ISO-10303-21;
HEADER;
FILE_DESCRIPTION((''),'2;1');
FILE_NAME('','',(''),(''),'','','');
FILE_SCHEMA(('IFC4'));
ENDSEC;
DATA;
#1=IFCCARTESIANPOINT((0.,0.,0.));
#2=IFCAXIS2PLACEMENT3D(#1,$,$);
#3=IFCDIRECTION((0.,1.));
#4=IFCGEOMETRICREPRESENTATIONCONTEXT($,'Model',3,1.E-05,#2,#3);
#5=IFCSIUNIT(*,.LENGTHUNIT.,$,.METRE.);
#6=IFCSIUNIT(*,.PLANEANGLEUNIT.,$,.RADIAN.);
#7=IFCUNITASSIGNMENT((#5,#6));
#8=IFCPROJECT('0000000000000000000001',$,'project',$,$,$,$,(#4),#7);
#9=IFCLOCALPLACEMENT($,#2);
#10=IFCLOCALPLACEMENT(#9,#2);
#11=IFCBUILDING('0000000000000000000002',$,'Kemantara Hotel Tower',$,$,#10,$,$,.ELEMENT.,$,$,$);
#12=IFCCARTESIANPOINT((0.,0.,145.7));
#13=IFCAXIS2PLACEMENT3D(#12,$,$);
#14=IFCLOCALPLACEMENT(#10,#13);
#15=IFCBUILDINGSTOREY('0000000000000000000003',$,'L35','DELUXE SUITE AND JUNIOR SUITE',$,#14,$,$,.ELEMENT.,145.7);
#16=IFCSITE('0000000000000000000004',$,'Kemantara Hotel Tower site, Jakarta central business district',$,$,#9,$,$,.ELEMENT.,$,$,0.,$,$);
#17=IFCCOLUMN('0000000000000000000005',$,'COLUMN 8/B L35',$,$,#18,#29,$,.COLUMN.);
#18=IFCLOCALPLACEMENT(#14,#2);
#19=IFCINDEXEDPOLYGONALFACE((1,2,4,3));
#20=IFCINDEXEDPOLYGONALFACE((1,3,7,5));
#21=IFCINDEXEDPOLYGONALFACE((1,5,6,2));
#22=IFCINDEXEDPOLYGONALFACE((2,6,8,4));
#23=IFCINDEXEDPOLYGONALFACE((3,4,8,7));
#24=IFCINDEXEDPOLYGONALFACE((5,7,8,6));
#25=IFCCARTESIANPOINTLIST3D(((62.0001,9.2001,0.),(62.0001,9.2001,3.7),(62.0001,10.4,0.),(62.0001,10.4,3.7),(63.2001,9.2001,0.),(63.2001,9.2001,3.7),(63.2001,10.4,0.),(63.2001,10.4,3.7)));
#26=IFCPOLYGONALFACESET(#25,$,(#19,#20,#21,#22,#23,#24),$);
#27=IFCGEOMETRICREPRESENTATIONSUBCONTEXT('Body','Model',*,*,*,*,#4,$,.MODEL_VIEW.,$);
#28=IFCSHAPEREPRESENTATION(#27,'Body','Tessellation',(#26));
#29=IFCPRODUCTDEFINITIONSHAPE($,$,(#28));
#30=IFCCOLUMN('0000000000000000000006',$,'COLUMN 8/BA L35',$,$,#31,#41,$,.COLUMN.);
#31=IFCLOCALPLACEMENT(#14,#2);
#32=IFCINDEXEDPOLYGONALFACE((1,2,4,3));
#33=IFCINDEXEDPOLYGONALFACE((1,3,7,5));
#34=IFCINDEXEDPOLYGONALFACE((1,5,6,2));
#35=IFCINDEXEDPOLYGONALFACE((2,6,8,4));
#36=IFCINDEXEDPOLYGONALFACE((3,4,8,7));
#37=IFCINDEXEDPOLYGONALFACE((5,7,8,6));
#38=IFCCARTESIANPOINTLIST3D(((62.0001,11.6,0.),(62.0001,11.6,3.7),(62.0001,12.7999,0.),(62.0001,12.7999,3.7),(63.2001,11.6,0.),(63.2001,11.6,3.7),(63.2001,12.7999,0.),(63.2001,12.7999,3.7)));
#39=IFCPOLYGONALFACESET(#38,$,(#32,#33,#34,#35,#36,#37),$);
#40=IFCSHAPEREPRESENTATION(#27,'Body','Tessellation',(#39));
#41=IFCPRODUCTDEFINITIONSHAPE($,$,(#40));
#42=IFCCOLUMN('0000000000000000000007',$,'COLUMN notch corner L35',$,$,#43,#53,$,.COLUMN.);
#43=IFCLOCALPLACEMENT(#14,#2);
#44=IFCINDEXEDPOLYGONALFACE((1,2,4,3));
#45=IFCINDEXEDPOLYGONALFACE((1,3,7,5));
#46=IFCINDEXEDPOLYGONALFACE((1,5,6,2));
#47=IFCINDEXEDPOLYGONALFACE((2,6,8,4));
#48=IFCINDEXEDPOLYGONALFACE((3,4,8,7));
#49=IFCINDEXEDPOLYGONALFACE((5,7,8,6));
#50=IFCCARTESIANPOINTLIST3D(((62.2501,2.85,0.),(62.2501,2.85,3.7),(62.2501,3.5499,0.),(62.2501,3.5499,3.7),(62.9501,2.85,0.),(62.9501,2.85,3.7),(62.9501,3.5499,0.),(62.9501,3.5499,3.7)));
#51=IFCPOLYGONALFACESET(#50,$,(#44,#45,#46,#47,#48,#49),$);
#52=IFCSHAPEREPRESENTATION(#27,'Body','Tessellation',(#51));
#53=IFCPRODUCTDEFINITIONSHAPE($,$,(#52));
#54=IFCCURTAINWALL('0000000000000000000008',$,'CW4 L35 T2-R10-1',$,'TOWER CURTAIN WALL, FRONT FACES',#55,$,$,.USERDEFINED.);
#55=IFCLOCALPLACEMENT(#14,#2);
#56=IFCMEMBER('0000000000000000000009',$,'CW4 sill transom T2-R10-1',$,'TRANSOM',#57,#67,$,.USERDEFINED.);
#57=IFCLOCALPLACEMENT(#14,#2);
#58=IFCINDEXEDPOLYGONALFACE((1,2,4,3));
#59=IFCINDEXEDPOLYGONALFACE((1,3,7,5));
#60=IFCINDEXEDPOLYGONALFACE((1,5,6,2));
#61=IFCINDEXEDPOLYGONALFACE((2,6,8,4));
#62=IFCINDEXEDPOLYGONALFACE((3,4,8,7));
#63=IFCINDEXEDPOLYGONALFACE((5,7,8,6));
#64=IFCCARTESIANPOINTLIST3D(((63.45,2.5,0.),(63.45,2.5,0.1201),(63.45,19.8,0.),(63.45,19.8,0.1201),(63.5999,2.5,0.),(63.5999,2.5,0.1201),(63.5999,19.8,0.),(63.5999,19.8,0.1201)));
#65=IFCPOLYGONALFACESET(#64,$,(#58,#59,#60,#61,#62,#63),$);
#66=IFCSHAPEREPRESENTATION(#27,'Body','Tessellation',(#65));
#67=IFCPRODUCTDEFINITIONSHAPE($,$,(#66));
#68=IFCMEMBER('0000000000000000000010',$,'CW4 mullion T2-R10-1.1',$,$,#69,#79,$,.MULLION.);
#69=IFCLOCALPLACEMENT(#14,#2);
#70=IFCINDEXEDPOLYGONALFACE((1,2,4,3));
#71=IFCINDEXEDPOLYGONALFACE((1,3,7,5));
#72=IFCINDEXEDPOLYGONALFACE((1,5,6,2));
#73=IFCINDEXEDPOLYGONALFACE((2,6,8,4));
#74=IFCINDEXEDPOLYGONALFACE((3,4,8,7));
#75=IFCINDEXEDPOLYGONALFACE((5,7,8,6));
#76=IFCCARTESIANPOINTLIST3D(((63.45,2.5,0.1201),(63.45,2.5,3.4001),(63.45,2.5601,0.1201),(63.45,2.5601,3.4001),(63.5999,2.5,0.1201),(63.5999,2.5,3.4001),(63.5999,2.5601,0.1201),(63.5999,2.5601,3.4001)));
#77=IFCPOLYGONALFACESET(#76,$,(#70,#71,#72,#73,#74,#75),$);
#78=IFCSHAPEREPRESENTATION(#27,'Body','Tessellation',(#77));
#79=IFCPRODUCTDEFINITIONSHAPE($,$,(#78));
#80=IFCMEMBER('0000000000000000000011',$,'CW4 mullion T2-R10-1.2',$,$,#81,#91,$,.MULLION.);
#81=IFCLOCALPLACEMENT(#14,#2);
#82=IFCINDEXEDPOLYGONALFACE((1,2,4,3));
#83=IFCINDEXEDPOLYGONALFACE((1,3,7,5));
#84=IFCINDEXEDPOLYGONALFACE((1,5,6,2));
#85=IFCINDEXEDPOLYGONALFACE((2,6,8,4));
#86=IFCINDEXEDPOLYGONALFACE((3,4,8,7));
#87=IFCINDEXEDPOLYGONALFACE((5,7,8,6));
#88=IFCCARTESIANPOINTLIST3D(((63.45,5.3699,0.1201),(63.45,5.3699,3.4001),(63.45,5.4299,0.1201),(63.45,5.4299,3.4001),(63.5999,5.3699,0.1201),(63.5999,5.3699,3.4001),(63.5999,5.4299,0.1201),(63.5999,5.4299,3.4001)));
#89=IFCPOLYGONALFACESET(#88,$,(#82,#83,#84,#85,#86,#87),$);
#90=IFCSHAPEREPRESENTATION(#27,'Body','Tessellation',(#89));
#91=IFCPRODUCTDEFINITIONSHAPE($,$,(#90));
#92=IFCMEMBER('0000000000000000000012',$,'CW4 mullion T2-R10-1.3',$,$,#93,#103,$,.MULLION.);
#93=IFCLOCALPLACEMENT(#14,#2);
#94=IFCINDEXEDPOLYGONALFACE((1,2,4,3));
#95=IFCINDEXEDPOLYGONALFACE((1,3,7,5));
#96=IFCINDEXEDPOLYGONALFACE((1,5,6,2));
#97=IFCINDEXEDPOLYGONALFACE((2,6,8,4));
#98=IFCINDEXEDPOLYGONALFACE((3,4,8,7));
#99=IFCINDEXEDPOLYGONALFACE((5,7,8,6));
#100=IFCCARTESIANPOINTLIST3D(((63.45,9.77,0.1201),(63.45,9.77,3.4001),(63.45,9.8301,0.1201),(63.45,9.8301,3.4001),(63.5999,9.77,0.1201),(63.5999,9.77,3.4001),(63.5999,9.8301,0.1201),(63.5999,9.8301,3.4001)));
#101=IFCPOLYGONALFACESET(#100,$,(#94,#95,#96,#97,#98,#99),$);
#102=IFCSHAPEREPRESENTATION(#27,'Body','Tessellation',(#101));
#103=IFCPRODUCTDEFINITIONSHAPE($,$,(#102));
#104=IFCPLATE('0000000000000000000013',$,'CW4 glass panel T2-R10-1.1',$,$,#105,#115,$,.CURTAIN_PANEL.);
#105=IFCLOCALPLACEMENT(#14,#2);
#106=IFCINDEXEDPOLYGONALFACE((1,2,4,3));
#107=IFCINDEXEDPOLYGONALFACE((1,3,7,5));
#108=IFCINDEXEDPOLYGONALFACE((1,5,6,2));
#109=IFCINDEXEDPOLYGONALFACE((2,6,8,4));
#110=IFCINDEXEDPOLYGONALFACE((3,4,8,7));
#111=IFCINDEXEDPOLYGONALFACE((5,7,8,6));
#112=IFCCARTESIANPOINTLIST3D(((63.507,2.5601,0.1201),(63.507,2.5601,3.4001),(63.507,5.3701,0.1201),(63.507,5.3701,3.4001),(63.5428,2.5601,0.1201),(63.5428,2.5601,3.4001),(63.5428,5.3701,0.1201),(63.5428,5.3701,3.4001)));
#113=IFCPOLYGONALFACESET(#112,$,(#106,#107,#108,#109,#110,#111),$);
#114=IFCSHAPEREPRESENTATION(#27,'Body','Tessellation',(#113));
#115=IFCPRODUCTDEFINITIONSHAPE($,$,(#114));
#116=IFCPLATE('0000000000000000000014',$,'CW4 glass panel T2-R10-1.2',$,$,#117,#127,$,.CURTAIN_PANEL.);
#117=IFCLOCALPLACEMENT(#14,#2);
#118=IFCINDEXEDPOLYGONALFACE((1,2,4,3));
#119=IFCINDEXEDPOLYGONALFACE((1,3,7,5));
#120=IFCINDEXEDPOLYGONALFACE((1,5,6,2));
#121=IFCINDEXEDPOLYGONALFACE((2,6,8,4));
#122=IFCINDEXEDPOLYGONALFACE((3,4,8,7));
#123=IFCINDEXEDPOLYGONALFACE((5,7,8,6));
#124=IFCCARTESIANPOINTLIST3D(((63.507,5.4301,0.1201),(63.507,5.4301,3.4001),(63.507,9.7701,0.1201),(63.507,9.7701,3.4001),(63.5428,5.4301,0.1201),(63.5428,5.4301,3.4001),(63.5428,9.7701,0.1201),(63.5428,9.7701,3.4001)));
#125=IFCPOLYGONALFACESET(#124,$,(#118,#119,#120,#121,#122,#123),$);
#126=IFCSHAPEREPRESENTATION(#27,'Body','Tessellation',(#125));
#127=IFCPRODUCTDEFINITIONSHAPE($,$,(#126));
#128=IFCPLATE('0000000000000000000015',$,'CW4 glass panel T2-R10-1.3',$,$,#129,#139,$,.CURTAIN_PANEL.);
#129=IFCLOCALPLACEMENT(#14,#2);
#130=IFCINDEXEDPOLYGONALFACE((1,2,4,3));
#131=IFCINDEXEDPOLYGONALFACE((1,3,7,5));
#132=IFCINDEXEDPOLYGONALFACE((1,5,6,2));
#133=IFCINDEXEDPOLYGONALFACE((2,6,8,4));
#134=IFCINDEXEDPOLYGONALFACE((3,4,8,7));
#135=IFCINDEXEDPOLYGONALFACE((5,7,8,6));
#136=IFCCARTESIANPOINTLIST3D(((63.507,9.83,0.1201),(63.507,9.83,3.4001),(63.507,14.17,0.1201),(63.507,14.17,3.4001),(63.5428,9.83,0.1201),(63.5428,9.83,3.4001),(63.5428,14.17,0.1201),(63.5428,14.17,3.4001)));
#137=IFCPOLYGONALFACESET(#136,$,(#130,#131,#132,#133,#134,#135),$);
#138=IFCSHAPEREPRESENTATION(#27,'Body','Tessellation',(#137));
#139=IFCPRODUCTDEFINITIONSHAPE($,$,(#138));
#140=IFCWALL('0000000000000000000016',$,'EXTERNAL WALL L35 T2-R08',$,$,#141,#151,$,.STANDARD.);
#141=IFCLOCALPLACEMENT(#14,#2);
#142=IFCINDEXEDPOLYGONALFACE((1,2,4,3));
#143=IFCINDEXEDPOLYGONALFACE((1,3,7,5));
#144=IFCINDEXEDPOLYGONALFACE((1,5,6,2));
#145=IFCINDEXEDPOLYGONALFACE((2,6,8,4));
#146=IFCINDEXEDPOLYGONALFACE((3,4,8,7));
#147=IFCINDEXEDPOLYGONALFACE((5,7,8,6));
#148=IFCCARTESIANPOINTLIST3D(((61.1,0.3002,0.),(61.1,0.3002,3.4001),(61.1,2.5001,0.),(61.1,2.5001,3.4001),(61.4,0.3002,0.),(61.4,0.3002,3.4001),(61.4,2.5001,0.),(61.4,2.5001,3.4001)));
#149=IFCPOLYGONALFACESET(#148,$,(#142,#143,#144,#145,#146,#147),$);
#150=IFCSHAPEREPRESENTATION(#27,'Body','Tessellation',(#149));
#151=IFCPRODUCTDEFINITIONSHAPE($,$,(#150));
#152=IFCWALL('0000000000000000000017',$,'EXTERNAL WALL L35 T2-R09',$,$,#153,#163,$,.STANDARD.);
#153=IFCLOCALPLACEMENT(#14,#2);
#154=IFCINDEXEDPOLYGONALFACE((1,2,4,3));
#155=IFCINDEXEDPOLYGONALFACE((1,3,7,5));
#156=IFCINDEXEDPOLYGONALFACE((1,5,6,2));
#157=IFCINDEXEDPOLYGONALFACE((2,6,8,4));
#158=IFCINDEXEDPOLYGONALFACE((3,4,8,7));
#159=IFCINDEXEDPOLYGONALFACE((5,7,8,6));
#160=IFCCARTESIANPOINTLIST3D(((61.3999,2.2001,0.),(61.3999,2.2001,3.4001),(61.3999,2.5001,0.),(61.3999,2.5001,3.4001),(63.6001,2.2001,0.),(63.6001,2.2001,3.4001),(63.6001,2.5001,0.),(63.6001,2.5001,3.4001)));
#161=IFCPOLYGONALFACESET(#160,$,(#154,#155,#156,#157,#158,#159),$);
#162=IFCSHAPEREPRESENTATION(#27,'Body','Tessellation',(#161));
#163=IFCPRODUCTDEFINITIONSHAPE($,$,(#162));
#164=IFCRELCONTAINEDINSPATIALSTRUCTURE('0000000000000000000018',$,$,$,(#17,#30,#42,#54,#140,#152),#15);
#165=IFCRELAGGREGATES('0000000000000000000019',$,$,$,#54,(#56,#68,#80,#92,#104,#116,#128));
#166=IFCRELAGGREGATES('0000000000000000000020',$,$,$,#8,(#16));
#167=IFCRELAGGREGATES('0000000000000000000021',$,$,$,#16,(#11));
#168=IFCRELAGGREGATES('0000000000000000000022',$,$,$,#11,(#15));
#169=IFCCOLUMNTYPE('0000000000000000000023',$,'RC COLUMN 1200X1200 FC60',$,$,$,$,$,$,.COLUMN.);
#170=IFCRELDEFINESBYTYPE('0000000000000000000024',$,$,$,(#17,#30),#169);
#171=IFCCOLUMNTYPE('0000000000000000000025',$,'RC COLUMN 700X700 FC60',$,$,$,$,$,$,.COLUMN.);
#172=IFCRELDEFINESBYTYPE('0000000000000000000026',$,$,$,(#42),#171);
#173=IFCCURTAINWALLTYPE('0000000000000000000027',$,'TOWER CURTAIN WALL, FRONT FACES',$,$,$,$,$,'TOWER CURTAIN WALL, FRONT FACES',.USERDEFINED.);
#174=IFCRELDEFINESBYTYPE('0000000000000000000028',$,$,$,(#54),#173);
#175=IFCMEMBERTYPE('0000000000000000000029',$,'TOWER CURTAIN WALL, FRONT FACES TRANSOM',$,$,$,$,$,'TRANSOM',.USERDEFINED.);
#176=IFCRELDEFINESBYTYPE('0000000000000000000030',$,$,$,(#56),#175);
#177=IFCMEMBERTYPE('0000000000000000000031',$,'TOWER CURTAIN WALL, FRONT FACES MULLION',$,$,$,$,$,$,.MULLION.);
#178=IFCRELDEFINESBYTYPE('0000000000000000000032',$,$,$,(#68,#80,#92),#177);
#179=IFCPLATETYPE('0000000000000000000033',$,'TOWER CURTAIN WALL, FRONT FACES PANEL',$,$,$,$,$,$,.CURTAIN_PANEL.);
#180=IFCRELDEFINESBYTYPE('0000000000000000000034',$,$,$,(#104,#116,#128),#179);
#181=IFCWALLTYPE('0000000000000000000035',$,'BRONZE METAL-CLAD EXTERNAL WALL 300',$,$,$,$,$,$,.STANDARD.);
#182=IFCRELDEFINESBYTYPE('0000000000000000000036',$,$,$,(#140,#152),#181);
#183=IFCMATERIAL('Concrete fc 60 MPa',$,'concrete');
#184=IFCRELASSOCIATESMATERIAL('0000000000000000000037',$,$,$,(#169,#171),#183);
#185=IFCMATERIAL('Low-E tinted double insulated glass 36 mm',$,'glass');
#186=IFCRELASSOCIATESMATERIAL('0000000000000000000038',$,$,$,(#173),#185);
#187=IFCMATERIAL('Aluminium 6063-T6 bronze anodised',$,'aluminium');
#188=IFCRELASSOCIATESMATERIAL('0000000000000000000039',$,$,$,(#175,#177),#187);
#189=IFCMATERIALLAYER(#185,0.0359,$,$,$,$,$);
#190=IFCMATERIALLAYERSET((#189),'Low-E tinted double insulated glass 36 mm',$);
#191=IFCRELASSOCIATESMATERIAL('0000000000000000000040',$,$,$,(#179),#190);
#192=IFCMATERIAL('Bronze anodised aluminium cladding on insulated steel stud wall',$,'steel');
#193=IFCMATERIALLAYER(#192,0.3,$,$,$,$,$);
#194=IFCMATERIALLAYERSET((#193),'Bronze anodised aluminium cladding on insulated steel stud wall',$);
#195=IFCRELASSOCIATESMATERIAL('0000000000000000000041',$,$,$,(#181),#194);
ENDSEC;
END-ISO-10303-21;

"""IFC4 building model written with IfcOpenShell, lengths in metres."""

from ifc_helpers import new_model, si_unit, direction, frame, frame_2d, origin, origin_2d, place, context, subcontext, project, spatial, rectangle, extrude, source, transform, mapped, material, layer, layer_set, material_profile, profile_set, type_object, element, aggregate, save


model = new_model("IFC4")

# Units and contexts
model_context = context("Model", 3, precision=1e-05, world=origin(), true_north=direction((0.0, 1.0)))
body_context = subcontext(model_context, "Body", "Model", "MODEL_VIEW")
ifc_project = project(units=[si_unit("LENGTHUNIT", "METRE"), si_unit("PLANEANGLEUNIT", "RADIAN")], contexts=[model_context])

# Site, building, storey
site_placement = place(None, origin())
site = spatial("IfcSite", under=ifc_project, at=site_placement, Name="Kemantara Hotel Tower site, Jakarta central business district", CompositionType="ELEMENT", RefElevation=0.0)
building_placement = place(site_placement, origin())
building = spatial("IfcBuilding", under=site, at=building_placement, Name="Kemantara Hotel Tower", CompositionType="ELEMENT")
storey_placement = place(building_placement, frame((0.0, 0.0, 145.7)))
storey = spatial("IfcBuildingStorey", under=building, at=storey_placement, Name="L35", Description="DELUXE SUITE AND JUNIOR SUITE", CompositionType="ELEMENT", Elevation=145.7)

# Columns
ifc_material_1 = material(Name="Concrete fc 60 MPa", Category="concrete")
ifc_material_profile_1 = material_profile(ifc_material_1, rectangle(XDim=1.2, YDim=1.2, at=origin_2d()), Name="RC 1200X1200")
ifc_profile_set_1 = profile_set([ifc_material_profile_1], Name="Concrete fc 60 MPa")
column_type_1 = type_object("IfcColumnType", Name="RC COLUMN 1200X1200 FC60", PredefinedType="COLUMN", material=ifc_profile_set_1)
for number, where, z_axis, x_axis, name in (
    (1, (62.6001, 9.8, 0.0), (0.0, 0.0, 1.0), (1.0, 0.0, 0.0), "COLUMN 8/B L35"),
    (2, (62.6001, 12.2, 0.0), (0.0, 0.0, 1.0), (1.0, 0.0, 0.0), "COLUMN 8/BA L35"),
):
    element("IfcColumn", number, at=place(storey_placement, frame(where, z_axis=z_axis, x_axis=x_axis)), inside=storey, type_object=column_type_1, Name=name, PredefinedType="COLUMN", context=body_context, shape_type="SweptSolid", body=[
        extrude(rectangle(XDim=1.2, YDim=1.2, at=origin_2d()), origin(), (0.0, 0.0, 1.0), 3.7),
    ])
ifc_material_profile_2 = material_profile(ifc_material_1, rectangle(XDim=0.7, YDim=0.7, at=origin_2d()), Name="RC 700X700")
ifc_profile_set_2 = profile_set([ifc_material_profile_2], Name="Concrete fc 60 MPa")
column_type_2 = type_object("IfcColumnType", Name="RC COLUMN 700X700 FC60", PredefinedType="COLUMN", material=ifc_profile_set_2)
column_placement = place(storey_placement, frame((62.6001, 3.2, 0.0), z_axis=(0.0, 0.0, 1.0), x_axis=(1.0, 0.0, 0.0)))
element("IfcColumn", 3, at=column_placement, inside=storey, type_object=column_type_2, Name="COLUMN notch corner L35", PredefinedType="COLUMN", context=body_context, shape_type="SweptSolid", body=[
    extrude(rectangle(XDim=0.7, YDim=0.7, at=origin_2d()), origin(), (0.0, 0.0, 1.0), 3.7),
])

# Curtain wall, members, plates
ifc_material_2 = material(Name="Low-E tinted double insulated glass 36 mm", Category="glass")
curtain_wall_type = type_object("IfcCurtainWallType", Name="TOWER CURTAIN WALL, FRONT FACES", ElementType="TOWER CURTAIN WALL, FRONT FACES", PredefinedType="USERDEFINED", material=ifc_material_2)
curtain_wall_placement = place(storey_placement, origin())
curtain_wall = element("IfcCurtainWall", 4, at=curtain_wall_placement, inside=storey, type_object=curtain_wall_type, Name="CW4 L35 T2-R10-1", ObjectType="TOWER CURTAIN WALL, FRONT FACES", PredefinedType="USERDEFINED")
ifc_material_3 = material(Name="Aluminium 6063-T6 bronze anodised", Category="aluminium")
ifc_material_profile_3 = material_profile(ifc_material_3, rectangle(XDim=0.1499, YDim=0.1201, at=origin_2d()), Name="TOWER CURTAIN WALL, FRONT FACES TRANSOM")
ifc_profile_set_3 = profile_set([ifc_material_profile_3], Name="Aluminium 6063-T6 bronze anodised")
member_type_1 = type_object("IfcMemberType", Name="TOWER CURTAIN WALL, FRONT FACES TRANSOM", ElementType="TRANSOM", PredefinedType="USERDEFINED", material=ifc_profile_set_3)
member_1_placement = place(storey_placement, frame((63.5249, 2.5, 0.0601), z_axis=(0.0, 1.0, 0.0), x_axis=(-1.0, 0.0, 0.0)))
member_1 = element("IfcMember", 5, at=member_1_placement, type_object=member_type_1, Name="CW4 sill transom T2-R10-1", ObjectType="TRANSOM", PredefinedType="USERDEFINED", context=body_context, shape_type="SweptSolid", body=[
    extrude(rectangle(XDim=0.1499, YDim=0.1201, at=origin_2d()), origin(), (0.0, 0.0, 1.0), 17.3),
])
ifc_material_profile_4 = material_profile(ifc_material_3, rectangle(XDim=0.1499, YDim=0.0601, at=origin_2d()), Name="TOWER CURTAIN WALL, FRONT FACES MULLION")
ifc_profile_set_4 = profile_set([ifc_material_profile_4], Name="Aluminium 6063-T6 bronze anodised")
member_type_2 = type_object("IfcMemberType", Name="TOWER CURTAIN WALL, FRONT FACES MULLION", PredefinedType="MULLION", material=ifc_profile_set_4)
shared_shape_1 = source(origin(), body_context, "Body", "SweptSolid", [
    extrude(rectangle(XDim=0.1499, YDim=0.0601, at=origin_2d()), origin(), (0.0, 0.0, 1.0), 3.28),
])
member_2_placement = place(storey_placement, frame((63.5249, 2.53, 0.1201), z_axis=(0.0, 0.0, 1.0), x_axis=(-1.0, 0.0, 0.0)))
member_2 = element("IfcMember", 6, at=member_2_placement, type_object=member_type_2, Name="CW4 mullion T2-R10-1.1", PredefinedType="MULLION", context=body_context, shape_type="MappedRepresentation", body=[
    mapped(shared_shape_1, transform((0.0, 0.0, 0.0))),
])
member_3_placement = place(storey_placement, frame((63.5249, 5.3999, 0.1201), z_axis=(0.0, 0.0, 1.0), x_axis=(-1.0, 0.0, 0.0)))
member_3 = element("IfcMember", 7, at=member_3_placement, type_object=member_type_2, Name="CW4 mullion T2-R10-1.2", PredefinedType="MULLION", context=body_context, shape_type="MappedRepresentation", body=[
    mapped(shared_shape_1, transform((0.0, 0.0, 0.0))),
])
member_4_placement = place(storey_placement, frame((63.5249, 9.8, 0.1201), z_axis=(0.0, 0.0, 1.0), x_axis=(-1.0, 0.0, 0.0)))
member_4 = element("IfcMember", 8, at=member_4_placement, type_object=member_type_2, Name="CW4 mullion T2-R10-1.3", PredefinedType="MULLION", context=body_context, shape_type="MappedRepresentation", body=[
    mapped(shared_shape_1, transform((0.0, 0.0, 0.0))),
])
ifc_layer_1 = layer(ifc_material_2, 0.0359)
ifc_layer_set_1 = layer_set([ifc_layer_1], Name="Low-E tinted double insulated glass 36 mm")
plate_type = type_object("IfcPlateType", Name="TOWER CURTAIN WALL, FRONT FACES PANEL", PredefinedType="CURTAIN_PANEL", material=ifc_layer_set_1)
shared_shape_2 = source(origin(), body_context, "Body", "SweptSolid", [
    extrude(rectangle(XDim=2.8101, YDim=0.0359, at=origin_2d()), origin(), (0.0, 0.0, 1.0), 3.28),
])
plate_1_placement = place(storey_placement, frame((63.5249, 3.9651, 0.1201), z_axis=(0.0, 0.0, 1.0), x_axis=(0.0, 1.0, 0.0)))
plate_1 = element("IfcPlate", 9, at=plate_1_placement, type_object=plate_type, Name="CW4 glass panel T2-R10-1.1", PredefinedType="CURTAIN_PANEL", context=body_context, shape_type="MappedRepresentation", body=[
    mapped(shared_shape_2, transform((0.0, 0.0, 0.0))),
])
shared_shape_3 = source(origin(), body_context, "Body", "SweptSolid", [
    extrude(rectangle(XDim=4.3401, YDim=0.0359, at=origin_2d()), origin(), (0.0, 0.0, 1.0), 3.28),
])
plate_2_placement = place(storey_placement, frame((63.5249, 7.6001, 0.1201), z_axis=(0.0, 0.0, 1.0), x_axis=(0.0, 1.0, 0.0)))
plate_2 = element("IfcPlate", 10, at=plate_2_placement, type_object=plate_type, Name="CW4 glass panel T2-R10-1.2", PredefinedType="CURTAIN_PANEL", context=body_context, shape_type="MappedRepresentation", body=[
    mapped(shared_shape_3, transform((0.0, 0.0, 0.0))),
])
plate_3_placement = place(storey_placement, frame((63.5249, 12.0, 0.1201), z_axis=(0.0, 0.0, 1.0), x_axis=(0.0, 1.0, 0.0)))
plate_3 = element("IfcPlate", 11, at=plate_3_placement, type_object=plate_type, Name="CW4 glass panel T2-R10-1.3", PredefinedType="CURTAIN_PANEL", context=body_context, shape_type="MappedRepresentation", body=[
    mapped(shared_shape_3, transform((0.0, 0.0, 0.0))),
])
aggregate(curtain_wall, [member_1, member_2, member_3, member_4, plate_1, plate_2, plate_3])

# Walls
ifc_material_4 = material(Name="Bronze anodised aluminium cladding on insulated steel stud wall", Category="steel")
ifc_layer_2 = layer(ifc_material_4, 0.3)
ifc_layer_set_2 = layer_set([ifc_layer_2], Name="Bronze anodised aluminium cladding on insulated steel stud wall")
wall_type_1 = type_object("IfcWallType", Name="BRONZE METAL-CLAD EXTERNAL WALL 300", PredefinedType="STANDARD", material=ifc_layer_set_2)
wall_1_placement = place(storey_placement, frame((61.25, 0.3, 0.0), z_axis=(0.0, 0.0, 1.0), x_axis=(0.0, 1.0, 0.0)))
element("IfcWall", 12, at=wall_1_placement, inside=storey, type_object=wall_type_1, Name="EXTERNAL WALL L35 T2-R08", PredefinedType="STANDARD", context=body_context, shape_type="SweptSolid", body=[
    extrude(rectangle(XDim=2.2, YDim=0.3, at=frame_2d((1.1001, 0.0))), origin(), (0.0, 0.0, 1.0), 3.4001),
])
wall_2_placement = place(storey_placement, frame((61.3999, 2.3501, 0.0), z_axis=(0.0, 0.0, 1.0), x_axis=(1.0, 0.0, 0.0)))
element("IfcWall", 13, at=wall_2_placement, inside=storey, type_object=wall_type_1, Name="EXTERNAL WALL L35 T2-R09", PredefinedType="STANDARD", context=body_context, shape_type="SweptSolid", body=[
    extrude(rectangle(XDim=2.2002, YDim=0.3, at=frame_2d((1.1001, 0.0))), origin(), (0.0, 0.0, 1.0), 3.4001),
])

save(model, "model.ifc")
